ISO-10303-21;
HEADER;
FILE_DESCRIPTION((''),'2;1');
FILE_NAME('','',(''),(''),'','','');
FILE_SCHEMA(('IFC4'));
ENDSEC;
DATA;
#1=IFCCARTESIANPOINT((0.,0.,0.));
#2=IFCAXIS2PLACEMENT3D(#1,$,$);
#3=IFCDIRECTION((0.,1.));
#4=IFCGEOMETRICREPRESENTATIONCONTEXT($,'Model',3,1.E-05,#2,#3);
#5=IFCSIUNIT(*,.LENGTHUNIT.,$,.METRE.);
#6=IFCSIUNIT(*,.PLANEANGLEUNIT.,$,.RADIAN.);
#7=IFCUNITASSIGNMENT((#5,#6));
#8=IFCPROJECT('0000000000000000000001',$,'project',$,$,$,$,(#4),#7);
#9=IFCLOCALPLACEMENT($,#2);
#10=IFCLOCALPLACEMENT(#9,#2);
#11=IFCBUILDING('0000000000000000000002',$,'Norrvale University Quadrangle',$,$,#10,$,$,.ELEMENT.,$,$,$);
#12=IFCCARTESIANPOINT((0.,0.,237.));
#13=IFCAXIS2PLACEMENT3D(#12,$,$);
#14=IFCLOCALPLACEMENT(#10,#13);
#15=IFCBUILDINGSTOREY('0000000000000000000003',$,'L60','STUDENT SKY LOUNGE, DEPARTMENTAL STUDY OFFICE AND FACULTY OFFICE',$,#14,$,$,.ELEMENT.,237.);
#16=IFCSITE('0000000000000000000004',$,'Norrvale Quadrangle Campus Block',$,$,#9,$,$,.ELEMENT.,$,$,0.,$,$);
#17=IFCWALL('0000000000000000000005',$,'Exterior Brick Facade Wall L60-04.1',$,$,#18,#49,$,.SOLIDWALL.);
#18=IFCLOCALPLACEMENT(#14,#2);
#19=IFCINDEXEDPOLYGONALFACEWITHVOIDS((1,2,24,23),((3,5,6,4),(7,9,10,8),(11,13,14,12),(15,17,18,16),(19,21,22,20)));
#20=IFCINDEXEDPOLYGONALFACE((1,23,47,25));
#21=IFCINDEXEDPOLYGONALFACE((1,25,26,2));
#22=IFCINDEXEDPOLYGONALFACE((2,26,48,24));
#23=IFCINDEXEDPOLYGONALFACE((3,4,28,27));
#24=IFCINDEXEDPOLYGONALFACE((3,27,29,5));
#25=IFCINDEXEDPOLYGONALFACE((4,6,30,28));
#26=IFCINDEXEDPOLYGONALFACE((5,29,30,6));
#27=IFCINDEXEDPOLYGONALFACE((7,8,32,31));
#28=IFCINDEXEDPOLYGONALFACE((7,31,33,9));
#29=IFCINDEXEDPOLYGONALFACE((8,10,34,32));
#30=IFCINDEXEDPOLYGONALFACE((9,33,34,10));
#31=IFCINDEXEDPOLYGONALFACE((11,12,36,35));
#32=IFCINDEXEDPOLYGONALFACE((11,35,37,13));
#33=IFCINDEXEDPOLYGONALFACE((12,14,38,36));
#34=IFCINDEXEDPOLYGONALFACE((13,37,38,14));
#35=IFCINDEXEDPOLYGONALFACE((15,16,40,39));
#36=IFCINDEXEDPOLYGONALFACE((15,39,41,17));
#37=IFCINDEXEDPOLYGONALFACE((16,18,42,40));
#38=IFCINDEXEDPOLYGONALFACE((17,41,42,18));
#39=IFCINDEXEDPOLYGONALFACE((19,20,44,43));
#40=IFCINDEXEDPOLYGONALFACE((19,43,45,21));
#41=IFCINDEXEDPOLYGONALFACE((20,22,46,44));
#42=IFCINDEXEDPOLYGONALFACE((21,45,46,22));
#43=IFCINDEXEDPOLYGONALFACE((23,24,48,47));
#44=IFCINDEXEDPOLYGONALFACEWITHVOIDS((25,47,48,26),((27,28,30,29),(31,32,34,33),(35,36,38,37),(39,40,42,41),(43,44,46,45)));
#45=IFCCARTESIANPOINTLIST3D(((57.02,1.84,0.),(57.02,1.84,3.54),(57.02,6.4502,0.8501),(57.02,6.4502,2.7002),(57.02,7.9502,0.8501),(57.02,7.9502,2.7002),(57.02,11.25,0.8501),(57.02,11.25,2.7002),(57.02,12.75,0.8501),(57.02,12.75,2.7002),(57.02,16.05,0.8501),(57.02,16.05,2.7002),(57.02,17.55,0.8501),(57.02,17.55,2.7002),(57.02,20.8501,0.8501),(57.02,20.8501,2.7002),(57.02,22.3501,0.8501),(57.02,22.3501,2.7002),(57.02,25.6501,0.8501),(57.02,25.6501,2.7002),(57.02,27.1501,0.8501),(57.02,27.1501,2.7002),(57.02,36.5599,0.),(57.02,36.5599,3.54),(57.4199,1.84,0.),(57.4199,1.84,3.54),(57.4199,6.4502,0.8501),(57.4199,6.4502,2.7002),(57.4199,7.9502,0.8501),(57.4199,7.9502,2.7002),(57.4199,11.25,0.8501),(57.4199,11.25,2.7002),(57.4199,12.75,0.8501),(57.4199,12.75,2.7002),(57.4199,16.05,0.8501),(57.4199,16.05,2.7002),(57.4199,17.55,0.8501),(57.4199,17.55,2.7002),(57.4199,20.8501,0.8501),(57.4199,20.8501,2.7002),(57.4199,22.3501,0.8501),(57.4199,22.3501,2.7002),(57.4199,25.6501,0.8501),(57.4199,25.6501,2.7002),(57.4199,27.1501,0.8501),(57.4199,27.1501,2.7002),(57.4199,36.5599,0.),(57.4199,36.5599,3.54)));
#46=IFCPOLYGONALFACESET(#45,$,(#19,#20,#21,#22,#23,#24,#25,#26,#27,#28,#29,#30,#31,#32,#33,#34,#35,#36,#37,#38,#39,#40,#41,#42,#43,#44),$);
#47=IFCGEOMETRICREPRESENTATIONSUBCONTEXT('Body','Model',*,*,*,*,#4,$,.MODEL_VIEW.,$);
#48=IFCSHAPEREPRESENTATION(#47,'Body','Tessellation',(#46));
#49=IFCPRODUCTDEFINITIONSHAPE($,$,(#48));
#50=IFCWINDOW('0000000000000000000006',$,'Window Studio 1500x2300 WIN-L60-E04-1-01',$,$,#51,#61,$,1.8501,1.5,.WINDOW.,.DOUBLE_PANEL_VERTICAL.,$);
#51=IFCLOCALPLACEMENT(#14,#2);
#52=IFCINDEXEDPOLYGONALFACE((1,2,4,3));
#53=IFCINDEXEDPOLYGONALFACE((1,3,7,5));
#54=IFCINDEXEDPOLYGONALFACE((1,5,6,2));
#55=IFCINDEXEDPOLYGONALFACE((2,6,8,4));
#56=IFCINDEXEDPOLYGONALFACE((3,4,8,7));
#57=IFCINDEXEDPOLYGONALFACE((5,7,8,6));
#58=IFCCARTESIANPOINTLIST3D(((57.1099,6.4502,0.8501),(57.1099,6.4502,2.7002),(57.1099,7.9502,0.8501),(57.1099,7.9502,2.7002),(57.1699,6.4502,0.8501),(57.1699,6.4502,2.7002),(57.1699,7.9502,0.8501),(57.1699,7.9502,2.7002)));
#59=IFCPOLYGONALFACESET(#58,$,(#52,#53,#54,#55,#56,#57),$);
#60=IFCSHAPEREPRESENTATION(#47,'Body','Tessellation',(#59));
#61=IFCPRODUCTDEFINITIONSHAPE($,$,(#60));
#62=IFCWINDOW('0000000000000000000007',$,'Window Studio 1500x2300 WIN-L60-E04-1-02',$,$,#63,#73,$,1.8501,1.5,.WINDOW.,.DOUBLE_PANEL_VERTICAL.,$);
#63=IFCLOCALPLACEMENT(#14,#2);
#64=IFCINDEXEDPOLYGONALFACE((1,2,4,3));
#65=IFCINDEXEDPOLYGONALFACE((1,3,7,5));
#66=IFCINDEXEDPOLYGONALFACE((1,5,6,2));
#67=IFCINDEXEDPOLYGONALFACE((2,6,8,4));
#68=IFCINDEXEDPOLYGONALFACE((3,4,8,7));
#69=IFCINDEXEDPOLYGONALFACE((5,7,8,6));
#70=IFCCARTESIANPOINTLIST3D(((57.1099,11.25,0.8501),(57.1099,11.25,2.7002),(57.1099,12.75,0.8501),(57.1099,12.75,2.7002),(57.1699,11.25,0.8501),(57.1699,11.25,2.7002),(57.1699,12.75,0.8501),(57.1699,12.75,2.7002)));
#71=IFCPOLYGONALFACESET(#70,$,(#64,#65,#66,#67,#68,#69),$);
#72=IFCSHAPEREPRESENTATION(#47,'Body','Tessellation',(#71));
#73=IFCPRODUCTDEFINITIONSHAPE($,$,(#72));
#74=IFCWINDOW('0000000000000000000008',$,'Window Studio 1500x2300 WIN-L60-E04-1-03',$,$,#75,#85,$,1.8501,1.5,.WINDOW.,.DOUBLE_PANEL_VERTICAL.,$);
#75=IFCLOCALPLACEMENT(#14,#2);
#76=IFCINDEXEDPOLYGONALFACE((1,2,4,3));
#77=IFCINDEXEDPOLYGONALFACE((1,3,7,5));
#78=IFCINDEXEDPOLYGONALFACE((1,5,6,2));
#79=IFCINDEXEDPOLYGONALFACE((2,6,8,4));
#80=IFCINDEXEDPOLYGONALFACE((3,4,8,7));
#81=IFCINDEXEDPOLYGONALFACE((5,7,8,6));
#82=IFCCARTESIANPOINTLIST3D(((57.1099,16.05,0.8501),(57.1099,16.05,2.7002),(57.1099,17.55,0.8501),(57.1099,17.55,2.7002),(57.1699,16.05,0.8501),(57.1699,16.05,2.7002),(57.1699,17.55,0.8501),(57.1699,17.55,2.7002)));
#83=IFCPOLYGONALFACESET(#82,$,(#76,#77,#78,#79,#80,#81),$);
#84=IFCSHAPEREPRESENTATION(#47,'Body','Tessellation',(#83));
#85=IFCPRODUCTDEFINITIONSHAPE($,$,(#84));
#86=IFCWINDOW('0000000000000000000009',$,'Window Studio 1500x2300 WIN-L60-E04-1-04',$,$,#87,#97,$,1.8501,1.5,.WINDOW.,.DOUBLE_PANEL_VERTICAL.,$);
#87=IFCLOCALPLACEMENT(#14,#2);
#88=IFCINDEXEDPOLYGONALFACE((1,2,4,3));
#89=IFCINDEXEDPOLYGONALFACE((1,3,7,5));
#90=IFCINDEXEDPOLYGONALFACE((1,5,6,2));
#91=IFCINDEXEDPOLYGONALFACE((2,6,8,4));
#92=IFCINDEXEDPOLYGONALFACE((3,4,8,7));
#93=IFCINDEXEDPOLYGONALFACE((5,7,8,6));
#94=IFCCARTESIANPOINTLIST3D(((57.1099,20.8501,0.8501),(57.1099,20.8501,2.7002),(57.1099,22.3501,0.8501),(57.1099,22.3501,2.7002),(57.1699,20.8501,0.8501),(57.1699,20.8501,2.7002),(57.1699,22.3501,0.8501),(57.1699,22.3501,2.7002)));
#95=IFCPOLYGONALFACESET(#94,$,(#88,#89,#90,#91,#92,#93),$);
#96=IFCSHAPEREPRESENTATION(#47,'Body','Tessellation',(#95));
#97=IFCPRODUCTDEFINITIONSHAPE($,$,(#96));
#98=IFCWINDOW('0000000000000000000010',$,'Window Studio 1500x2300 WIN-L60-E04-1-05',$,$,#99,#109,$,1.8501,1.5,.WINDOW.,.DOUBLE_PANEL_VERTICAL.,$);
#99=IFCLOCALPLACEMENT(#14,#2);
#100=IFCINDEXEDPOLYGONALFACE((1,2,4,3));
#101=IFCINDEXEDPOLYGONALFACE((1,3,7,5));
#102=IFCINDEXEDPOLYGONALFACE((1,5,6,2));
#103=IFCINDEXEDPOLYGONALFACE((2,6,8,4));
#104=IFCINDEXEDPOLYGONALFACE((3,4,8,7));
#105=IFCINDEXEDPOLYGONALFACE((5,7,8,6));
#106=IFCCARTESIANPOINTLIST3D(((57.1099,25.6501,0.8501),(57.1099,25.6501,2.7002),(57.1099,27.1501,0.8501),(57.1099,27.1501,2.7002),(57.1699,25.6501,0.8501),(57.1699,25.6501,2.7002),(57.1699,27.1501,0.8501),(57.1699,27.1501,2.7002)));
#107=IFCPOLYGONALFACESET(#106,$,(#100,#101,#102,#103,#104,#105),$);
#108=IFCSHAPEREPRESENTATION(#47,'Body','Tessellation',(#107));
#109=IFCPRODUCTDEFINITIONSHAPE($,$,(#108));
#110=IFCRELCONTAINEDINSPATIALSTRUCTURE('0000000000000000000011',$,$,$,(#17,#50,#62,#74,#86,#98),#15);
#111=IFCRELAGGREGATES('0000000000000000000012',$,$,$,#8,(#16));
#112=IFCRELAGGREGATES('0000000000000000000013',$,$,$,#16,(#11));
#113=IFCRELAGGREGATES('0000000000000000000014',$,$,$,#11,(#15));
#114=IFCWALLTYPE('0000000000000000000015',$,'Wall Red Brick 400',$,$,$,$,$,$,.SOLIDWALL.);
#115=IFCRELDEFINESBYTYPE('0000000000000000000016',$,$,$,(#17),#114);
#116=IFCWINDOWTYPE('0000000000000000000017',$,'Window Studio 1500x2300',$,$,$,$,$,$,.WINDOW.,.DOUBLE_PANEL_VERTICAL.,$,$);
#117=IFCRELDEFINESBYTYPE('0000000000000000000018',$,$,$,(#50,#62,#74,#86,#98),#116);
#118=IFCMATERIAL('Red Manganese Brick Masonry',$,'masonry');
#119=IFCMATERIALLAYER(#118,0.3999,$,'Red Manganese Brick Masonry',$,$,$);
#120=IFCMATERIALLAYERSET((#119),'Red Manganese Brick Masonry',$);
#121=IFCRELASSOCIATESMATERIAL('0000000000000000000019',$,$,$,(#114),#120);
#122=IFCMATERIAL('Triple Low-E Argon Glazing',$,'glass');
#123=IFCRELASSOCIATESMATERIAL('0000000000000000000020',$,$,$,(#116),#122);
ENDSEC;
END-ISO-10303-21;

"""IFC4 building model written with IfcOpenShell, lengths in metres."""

from ifc_helpers import new_model, si_unit, direction, frame, frame_2d, origin, place, context, subcontext, project, spatial, rectangle, extrude, material, layer, layer_set, type_object, element, fill, save


model = new_model("IFC4")

# Units and contexts
model_context = context("Model", 3, precision=1e-05, world=origin(), true_north=direction((0.0, 1.0)))
body_context = subcontext(model_context, "Body", "Model", "MODEL_VIEW")
ifc_project = project(units=[si_unit("LENGTHUNIT", "METRE"), si_unit("PLANEANGLEUNIT", "RADIAN")], contexts=[model_context])

# Site, building, storey
site_placement = place(None, origin())
site = spatial("IfcSite", under=ifc_project, at=site_placement, Name="Norrvale Quadrangle Campus Block", CompositionType="ELEMENT", RefElevation=0.0)
building_placement = place(site_placement, origin())
building = spatial("IfcBuilding", under=site, at=building_placement, Name="Norrvale University Quadrangle", CompositionType="ELEMENT")
storey_placement = place(building_placement, frame((0.0, 0.0, 237.0)))
storey = spatial("IfcBuildingStorey", under=building, at=storey_placement, Name="L60", Description="STUDENT SKY LOUNGE, DEPARTMENTAL STUDY OFFICE AND FACULTY OFFICE", CompositionType="ELEMENT", Elevation=237.0)

# Shared definitions
ifc_material_1 = material(Name="Red Manganese Brick Masonry", Category="masonry")
ifc_layer_1 = layer(ifc_material_1, 0.3999, Name="Red Manganese Brick Masonry")
ifc_layer_set_1 = layer_set([ifc_layer_1], Name="Red Manganese Brick Masonry")
wall_type_1 = type_object("IfcWallType", Name="Wall Red Brick 400", PredefinedType="SOLIDWALL", material=ifc_layer_set_1)

# Wall, openings, windows
wall_1_placement = place(storey_placement, frame((57.22, 1.8401, 0.0), z_axis=(0.0, 0.0, 1.0), x_axis=(0.0, 1.0, 0.0)))
wall_1 = element("IfcWall", 1, at=wall_1_placement, inside=storey, type_object=wall_type_1, Name="Exterior Brick Facade Wall L60-04.1", PredefinedType="SOLIDWALL", context=body_context, shape_type="SweptSolid", body=[
    extrude(rectangle(XDim=34.72, YDim=0.3999, at=frame_2d((17.3599, 0.0))), origin(), (0.0, 0.0, 1.0), 3.54),
])
opening_1_placement = place(wall_1_placement, frame((4.6101, 0.0, 0.8501)))
opening_1 = element("IfcOpeningElement", 2, at=opening_1_placement, cuts=wall_1, PredefinedType="OPENING", context=body_context, shape_type="SweptSolid", body=[
    extrude(rectangle(XDim=1.5, YDim=1.8501, at=frame_2d((0.75, 0.925))), frame((0.0, 0.2119, 0.0), z_axis=(0.0, -1.0, 0.0), x_axis=(1.0, 0.0, 0.0)), (0.0, 0.0, 1.0), 0.4238),
])
opening_2_placement = place(wall_1_placement, frame((9.4099, 0.0, 0.8501)))
opening_2 = element("IfcOpeningElement", 3, at=opening_2_placement, cuts=wall_1, PredefinedType="OPENING", context=body_context, shape_type="SweptSolid", body=[
    extrude(rectangle(XDim=1.5, YDim=1.8501, at=frame_2d((0.75, 0.925))), frame((0.0, 0.2119, 0.0), z_axis=(0.0, -1.0, 0.0), x_axis=(1.0, 0.0, 0.0)), (0.0, 0.0, 1.0), 0.4238),
])
opening_3_placement = place(wall_1_placement, frame((14.21, 0.0, 0.8501)))
opening_3 = element("IfcOpeningElement", 4, at=opening_3_placement, cuts=wall_1, PredefinedType="OPENING", context=body_context, shape_type="SweptSolid", body=[
    extrude(rectangle(XDim=1.5, YDim=1.8501, at=frame_2d((0.75, 0.925))), frame((0.0, 0.2119, 0.0), z_axis=(0.0, -1.0, 0.0), x_axis=(1.0, 0.0, 0.0)), (0.0, 0.0, 1.0), 0.4238),
])
opening_4_placement = place(wall_1_placement, frame((19.01, 0.0, 0.8501)))
opening_4 = element("IfcOpeningElement", 5, at=opening_4_placement, cuts=wall_1, PredefinedType="OPENING", context=body_context, shape_type="SweptSolid", body=[
    extrude(rectangle(XDim=1.5, YDim=1.8501, at=frame_2d((0.75, 0.925))), frame((0.0, 0.2119, 0.0), z_axis=(0.0, -1.0, 0.0), x_axis=(1.0, 0.0, 0.0)), (0.0, 0.0, 1.0), 0.4238),
])
opening_5_placement = place(wall_1_placement, frame((23.8101, 0.0, 0.8501)))
opening_5 = element("IfcOpeningElement", 6, at=opening_5_placement, cuts=wall_1, PredefinedType="OPENING", context=body_context, shape_type="SweptSolid", body=[
    extrude(rectangle(XDim=1.5, YDim=1.8501, at=frame_2d((0.75, 0.925))), frame((0.0, 0.2119, 0.0), z_axis=(0.0, -1.0, 0.0), x_axis=(1.0, 0.0, 0.0)), (0.0, 0.0, 1.0), 0.4238),
])
ifc_material_2 = material(Name="Triple Low-E Argon Glazing", Category="glass")
window_type = type_object("IfcWindowType", Name="Window Studio 1500x2300", PartitioningType="DOUBLE_PANEL_VERTICAL", PredefinedType="WINDOW", material=ifc_material_2)
window_1_placement = place(opening_1_placement, origin())
window_1 = element("IfcWindow", 7, at=window_1_placement, inside=storey, type_object=window_type, Name="Window Studio 1500x2300 WIN-L60-E04-1-01", OverallHeight=1.8501, OverallWidth=1.5, PartitioningType="DOUBLE_PANEL_VERTICAL", PredefinedType="WINDOW", context=body_context, shape_type="SweptSolid", body=[
    extrude(rectangle(XDim=1.5, YDim=1.8501, at=frame_2d((0.75, 0.925))), frame((0.0, 0.1101, 0.0), z_axis=(0.0, -1.0, 0.0), x_axis=(1.0, 0.0, 0.0)), (0.0, 0.0, 1.0), 0.0601),
])
fill(opening_1, window_1)
window_2_placement = place(opening_2_placement, origin())
window_2 = element("IfcWindow", 8, at=window_2_placement, inside=storey, type_object=window_type, Name="Window Studio 1500x2300 WIN-L60-E04-1-02", OverallHeight=1.8501, OverallWidth=1.5, PartitioningType="DOUBLE_PANEL_VERTICAL", PredefinedType="WINDOW", context=body_context, shape_type="SweptSolid", body=[
    extrude(rectangle(XDim=1.5, YDim=1.8501, at=frame_2d((0.75, 0.925))), frame((0.0, 0.1101, 0.0), z_axis=(0.0, -1.0, 0.0), x_axis=(1.0, 0.0, 0.0)), (0.0, 0.0, 1.0), 0.0601),
])
fill(opening_2, window_2)
window_3_placement = place(opening_3_placement, origin())
window_3 = element("IfcWindow", 9, at=window_3_placement, inside=storey, type_object=window_type, Name="Window Studio 1500x2300 WIN-L60-E04-1-03", OverallHeight=1.8501, OverallWidth=1.5, PartitioningType="DOUBLE_PANEL_VERTICAL", PredefinedType="WINDOW", context=body_context, shape_type="SweptSolid", body=[
    extrude(rectangle(XDim=1.5, YDim=1.8501, at=frame_2d((0.75, 0.925))), frame((0.0, 0.1101, 0.0), z_axis=(0.0, -1.0, 0.0), x_axis=(1.0, 0.0, 0.0)), (0.0, 0.0, 1.0), 0.0601),
])
fill(opening_3, window_3)
window_4_placement = place(opening_4_placement, origin())
window_4 = element("IfcWindow", 10, at=window_4_placement, inside=storey, type_object=window_type, Name="Window Studio 1500x2300 WIN-L60-E04-1-04", OverallHeight=1.8501, OverallWidth=1.5, PartitioningType="DOUBLE_PANEL_VERTICAL", PredefinedType="WINDOW", context=body_context, shape_type="SweptSolid", body=[
    extrude(rectangle(XDim=1.5, YDim=1.8501, at=frame_2d((0.75, 0.925))), frame((0.0, 0.1101, 0.0), z_axis=(0.0, -1.0, 0.0), x_axis=(1.0, 0.0, 0.0)), (0.0, 0.0, 1.0), 0.0601),
])
fill(opening_4, window_4)
window_5_placement = place(opening_5_placement, origin())
window_5 = element("IfcWindow", 11, at=window_5_placement, inside=storey, type_object=window_type, Name="Window Studio 1500x2300 WIN-L60-E04-1-05", OverallHeight=1.8501, OverallWidth=1.5, PartitioningType="DOUBLE_PANEL_VERTICAL", PredefinedType="WINDOW", context=body_context, shape_type="SweptSolid", body=[
    extrude(rectangle(XDim=1.5, YDim=1.8501, at=frame_2d((0.75, 0.925))), frame((0.0, 0.1101, 0.0), z_axis=(0.0, -1.0, 0.0), x_axis=(1.0, 0.0, 0.0)), (0.0, 0.0, 1.0), 0.0601),
])
fill(opening_5, window_5)

save(model, "model.ifc")
